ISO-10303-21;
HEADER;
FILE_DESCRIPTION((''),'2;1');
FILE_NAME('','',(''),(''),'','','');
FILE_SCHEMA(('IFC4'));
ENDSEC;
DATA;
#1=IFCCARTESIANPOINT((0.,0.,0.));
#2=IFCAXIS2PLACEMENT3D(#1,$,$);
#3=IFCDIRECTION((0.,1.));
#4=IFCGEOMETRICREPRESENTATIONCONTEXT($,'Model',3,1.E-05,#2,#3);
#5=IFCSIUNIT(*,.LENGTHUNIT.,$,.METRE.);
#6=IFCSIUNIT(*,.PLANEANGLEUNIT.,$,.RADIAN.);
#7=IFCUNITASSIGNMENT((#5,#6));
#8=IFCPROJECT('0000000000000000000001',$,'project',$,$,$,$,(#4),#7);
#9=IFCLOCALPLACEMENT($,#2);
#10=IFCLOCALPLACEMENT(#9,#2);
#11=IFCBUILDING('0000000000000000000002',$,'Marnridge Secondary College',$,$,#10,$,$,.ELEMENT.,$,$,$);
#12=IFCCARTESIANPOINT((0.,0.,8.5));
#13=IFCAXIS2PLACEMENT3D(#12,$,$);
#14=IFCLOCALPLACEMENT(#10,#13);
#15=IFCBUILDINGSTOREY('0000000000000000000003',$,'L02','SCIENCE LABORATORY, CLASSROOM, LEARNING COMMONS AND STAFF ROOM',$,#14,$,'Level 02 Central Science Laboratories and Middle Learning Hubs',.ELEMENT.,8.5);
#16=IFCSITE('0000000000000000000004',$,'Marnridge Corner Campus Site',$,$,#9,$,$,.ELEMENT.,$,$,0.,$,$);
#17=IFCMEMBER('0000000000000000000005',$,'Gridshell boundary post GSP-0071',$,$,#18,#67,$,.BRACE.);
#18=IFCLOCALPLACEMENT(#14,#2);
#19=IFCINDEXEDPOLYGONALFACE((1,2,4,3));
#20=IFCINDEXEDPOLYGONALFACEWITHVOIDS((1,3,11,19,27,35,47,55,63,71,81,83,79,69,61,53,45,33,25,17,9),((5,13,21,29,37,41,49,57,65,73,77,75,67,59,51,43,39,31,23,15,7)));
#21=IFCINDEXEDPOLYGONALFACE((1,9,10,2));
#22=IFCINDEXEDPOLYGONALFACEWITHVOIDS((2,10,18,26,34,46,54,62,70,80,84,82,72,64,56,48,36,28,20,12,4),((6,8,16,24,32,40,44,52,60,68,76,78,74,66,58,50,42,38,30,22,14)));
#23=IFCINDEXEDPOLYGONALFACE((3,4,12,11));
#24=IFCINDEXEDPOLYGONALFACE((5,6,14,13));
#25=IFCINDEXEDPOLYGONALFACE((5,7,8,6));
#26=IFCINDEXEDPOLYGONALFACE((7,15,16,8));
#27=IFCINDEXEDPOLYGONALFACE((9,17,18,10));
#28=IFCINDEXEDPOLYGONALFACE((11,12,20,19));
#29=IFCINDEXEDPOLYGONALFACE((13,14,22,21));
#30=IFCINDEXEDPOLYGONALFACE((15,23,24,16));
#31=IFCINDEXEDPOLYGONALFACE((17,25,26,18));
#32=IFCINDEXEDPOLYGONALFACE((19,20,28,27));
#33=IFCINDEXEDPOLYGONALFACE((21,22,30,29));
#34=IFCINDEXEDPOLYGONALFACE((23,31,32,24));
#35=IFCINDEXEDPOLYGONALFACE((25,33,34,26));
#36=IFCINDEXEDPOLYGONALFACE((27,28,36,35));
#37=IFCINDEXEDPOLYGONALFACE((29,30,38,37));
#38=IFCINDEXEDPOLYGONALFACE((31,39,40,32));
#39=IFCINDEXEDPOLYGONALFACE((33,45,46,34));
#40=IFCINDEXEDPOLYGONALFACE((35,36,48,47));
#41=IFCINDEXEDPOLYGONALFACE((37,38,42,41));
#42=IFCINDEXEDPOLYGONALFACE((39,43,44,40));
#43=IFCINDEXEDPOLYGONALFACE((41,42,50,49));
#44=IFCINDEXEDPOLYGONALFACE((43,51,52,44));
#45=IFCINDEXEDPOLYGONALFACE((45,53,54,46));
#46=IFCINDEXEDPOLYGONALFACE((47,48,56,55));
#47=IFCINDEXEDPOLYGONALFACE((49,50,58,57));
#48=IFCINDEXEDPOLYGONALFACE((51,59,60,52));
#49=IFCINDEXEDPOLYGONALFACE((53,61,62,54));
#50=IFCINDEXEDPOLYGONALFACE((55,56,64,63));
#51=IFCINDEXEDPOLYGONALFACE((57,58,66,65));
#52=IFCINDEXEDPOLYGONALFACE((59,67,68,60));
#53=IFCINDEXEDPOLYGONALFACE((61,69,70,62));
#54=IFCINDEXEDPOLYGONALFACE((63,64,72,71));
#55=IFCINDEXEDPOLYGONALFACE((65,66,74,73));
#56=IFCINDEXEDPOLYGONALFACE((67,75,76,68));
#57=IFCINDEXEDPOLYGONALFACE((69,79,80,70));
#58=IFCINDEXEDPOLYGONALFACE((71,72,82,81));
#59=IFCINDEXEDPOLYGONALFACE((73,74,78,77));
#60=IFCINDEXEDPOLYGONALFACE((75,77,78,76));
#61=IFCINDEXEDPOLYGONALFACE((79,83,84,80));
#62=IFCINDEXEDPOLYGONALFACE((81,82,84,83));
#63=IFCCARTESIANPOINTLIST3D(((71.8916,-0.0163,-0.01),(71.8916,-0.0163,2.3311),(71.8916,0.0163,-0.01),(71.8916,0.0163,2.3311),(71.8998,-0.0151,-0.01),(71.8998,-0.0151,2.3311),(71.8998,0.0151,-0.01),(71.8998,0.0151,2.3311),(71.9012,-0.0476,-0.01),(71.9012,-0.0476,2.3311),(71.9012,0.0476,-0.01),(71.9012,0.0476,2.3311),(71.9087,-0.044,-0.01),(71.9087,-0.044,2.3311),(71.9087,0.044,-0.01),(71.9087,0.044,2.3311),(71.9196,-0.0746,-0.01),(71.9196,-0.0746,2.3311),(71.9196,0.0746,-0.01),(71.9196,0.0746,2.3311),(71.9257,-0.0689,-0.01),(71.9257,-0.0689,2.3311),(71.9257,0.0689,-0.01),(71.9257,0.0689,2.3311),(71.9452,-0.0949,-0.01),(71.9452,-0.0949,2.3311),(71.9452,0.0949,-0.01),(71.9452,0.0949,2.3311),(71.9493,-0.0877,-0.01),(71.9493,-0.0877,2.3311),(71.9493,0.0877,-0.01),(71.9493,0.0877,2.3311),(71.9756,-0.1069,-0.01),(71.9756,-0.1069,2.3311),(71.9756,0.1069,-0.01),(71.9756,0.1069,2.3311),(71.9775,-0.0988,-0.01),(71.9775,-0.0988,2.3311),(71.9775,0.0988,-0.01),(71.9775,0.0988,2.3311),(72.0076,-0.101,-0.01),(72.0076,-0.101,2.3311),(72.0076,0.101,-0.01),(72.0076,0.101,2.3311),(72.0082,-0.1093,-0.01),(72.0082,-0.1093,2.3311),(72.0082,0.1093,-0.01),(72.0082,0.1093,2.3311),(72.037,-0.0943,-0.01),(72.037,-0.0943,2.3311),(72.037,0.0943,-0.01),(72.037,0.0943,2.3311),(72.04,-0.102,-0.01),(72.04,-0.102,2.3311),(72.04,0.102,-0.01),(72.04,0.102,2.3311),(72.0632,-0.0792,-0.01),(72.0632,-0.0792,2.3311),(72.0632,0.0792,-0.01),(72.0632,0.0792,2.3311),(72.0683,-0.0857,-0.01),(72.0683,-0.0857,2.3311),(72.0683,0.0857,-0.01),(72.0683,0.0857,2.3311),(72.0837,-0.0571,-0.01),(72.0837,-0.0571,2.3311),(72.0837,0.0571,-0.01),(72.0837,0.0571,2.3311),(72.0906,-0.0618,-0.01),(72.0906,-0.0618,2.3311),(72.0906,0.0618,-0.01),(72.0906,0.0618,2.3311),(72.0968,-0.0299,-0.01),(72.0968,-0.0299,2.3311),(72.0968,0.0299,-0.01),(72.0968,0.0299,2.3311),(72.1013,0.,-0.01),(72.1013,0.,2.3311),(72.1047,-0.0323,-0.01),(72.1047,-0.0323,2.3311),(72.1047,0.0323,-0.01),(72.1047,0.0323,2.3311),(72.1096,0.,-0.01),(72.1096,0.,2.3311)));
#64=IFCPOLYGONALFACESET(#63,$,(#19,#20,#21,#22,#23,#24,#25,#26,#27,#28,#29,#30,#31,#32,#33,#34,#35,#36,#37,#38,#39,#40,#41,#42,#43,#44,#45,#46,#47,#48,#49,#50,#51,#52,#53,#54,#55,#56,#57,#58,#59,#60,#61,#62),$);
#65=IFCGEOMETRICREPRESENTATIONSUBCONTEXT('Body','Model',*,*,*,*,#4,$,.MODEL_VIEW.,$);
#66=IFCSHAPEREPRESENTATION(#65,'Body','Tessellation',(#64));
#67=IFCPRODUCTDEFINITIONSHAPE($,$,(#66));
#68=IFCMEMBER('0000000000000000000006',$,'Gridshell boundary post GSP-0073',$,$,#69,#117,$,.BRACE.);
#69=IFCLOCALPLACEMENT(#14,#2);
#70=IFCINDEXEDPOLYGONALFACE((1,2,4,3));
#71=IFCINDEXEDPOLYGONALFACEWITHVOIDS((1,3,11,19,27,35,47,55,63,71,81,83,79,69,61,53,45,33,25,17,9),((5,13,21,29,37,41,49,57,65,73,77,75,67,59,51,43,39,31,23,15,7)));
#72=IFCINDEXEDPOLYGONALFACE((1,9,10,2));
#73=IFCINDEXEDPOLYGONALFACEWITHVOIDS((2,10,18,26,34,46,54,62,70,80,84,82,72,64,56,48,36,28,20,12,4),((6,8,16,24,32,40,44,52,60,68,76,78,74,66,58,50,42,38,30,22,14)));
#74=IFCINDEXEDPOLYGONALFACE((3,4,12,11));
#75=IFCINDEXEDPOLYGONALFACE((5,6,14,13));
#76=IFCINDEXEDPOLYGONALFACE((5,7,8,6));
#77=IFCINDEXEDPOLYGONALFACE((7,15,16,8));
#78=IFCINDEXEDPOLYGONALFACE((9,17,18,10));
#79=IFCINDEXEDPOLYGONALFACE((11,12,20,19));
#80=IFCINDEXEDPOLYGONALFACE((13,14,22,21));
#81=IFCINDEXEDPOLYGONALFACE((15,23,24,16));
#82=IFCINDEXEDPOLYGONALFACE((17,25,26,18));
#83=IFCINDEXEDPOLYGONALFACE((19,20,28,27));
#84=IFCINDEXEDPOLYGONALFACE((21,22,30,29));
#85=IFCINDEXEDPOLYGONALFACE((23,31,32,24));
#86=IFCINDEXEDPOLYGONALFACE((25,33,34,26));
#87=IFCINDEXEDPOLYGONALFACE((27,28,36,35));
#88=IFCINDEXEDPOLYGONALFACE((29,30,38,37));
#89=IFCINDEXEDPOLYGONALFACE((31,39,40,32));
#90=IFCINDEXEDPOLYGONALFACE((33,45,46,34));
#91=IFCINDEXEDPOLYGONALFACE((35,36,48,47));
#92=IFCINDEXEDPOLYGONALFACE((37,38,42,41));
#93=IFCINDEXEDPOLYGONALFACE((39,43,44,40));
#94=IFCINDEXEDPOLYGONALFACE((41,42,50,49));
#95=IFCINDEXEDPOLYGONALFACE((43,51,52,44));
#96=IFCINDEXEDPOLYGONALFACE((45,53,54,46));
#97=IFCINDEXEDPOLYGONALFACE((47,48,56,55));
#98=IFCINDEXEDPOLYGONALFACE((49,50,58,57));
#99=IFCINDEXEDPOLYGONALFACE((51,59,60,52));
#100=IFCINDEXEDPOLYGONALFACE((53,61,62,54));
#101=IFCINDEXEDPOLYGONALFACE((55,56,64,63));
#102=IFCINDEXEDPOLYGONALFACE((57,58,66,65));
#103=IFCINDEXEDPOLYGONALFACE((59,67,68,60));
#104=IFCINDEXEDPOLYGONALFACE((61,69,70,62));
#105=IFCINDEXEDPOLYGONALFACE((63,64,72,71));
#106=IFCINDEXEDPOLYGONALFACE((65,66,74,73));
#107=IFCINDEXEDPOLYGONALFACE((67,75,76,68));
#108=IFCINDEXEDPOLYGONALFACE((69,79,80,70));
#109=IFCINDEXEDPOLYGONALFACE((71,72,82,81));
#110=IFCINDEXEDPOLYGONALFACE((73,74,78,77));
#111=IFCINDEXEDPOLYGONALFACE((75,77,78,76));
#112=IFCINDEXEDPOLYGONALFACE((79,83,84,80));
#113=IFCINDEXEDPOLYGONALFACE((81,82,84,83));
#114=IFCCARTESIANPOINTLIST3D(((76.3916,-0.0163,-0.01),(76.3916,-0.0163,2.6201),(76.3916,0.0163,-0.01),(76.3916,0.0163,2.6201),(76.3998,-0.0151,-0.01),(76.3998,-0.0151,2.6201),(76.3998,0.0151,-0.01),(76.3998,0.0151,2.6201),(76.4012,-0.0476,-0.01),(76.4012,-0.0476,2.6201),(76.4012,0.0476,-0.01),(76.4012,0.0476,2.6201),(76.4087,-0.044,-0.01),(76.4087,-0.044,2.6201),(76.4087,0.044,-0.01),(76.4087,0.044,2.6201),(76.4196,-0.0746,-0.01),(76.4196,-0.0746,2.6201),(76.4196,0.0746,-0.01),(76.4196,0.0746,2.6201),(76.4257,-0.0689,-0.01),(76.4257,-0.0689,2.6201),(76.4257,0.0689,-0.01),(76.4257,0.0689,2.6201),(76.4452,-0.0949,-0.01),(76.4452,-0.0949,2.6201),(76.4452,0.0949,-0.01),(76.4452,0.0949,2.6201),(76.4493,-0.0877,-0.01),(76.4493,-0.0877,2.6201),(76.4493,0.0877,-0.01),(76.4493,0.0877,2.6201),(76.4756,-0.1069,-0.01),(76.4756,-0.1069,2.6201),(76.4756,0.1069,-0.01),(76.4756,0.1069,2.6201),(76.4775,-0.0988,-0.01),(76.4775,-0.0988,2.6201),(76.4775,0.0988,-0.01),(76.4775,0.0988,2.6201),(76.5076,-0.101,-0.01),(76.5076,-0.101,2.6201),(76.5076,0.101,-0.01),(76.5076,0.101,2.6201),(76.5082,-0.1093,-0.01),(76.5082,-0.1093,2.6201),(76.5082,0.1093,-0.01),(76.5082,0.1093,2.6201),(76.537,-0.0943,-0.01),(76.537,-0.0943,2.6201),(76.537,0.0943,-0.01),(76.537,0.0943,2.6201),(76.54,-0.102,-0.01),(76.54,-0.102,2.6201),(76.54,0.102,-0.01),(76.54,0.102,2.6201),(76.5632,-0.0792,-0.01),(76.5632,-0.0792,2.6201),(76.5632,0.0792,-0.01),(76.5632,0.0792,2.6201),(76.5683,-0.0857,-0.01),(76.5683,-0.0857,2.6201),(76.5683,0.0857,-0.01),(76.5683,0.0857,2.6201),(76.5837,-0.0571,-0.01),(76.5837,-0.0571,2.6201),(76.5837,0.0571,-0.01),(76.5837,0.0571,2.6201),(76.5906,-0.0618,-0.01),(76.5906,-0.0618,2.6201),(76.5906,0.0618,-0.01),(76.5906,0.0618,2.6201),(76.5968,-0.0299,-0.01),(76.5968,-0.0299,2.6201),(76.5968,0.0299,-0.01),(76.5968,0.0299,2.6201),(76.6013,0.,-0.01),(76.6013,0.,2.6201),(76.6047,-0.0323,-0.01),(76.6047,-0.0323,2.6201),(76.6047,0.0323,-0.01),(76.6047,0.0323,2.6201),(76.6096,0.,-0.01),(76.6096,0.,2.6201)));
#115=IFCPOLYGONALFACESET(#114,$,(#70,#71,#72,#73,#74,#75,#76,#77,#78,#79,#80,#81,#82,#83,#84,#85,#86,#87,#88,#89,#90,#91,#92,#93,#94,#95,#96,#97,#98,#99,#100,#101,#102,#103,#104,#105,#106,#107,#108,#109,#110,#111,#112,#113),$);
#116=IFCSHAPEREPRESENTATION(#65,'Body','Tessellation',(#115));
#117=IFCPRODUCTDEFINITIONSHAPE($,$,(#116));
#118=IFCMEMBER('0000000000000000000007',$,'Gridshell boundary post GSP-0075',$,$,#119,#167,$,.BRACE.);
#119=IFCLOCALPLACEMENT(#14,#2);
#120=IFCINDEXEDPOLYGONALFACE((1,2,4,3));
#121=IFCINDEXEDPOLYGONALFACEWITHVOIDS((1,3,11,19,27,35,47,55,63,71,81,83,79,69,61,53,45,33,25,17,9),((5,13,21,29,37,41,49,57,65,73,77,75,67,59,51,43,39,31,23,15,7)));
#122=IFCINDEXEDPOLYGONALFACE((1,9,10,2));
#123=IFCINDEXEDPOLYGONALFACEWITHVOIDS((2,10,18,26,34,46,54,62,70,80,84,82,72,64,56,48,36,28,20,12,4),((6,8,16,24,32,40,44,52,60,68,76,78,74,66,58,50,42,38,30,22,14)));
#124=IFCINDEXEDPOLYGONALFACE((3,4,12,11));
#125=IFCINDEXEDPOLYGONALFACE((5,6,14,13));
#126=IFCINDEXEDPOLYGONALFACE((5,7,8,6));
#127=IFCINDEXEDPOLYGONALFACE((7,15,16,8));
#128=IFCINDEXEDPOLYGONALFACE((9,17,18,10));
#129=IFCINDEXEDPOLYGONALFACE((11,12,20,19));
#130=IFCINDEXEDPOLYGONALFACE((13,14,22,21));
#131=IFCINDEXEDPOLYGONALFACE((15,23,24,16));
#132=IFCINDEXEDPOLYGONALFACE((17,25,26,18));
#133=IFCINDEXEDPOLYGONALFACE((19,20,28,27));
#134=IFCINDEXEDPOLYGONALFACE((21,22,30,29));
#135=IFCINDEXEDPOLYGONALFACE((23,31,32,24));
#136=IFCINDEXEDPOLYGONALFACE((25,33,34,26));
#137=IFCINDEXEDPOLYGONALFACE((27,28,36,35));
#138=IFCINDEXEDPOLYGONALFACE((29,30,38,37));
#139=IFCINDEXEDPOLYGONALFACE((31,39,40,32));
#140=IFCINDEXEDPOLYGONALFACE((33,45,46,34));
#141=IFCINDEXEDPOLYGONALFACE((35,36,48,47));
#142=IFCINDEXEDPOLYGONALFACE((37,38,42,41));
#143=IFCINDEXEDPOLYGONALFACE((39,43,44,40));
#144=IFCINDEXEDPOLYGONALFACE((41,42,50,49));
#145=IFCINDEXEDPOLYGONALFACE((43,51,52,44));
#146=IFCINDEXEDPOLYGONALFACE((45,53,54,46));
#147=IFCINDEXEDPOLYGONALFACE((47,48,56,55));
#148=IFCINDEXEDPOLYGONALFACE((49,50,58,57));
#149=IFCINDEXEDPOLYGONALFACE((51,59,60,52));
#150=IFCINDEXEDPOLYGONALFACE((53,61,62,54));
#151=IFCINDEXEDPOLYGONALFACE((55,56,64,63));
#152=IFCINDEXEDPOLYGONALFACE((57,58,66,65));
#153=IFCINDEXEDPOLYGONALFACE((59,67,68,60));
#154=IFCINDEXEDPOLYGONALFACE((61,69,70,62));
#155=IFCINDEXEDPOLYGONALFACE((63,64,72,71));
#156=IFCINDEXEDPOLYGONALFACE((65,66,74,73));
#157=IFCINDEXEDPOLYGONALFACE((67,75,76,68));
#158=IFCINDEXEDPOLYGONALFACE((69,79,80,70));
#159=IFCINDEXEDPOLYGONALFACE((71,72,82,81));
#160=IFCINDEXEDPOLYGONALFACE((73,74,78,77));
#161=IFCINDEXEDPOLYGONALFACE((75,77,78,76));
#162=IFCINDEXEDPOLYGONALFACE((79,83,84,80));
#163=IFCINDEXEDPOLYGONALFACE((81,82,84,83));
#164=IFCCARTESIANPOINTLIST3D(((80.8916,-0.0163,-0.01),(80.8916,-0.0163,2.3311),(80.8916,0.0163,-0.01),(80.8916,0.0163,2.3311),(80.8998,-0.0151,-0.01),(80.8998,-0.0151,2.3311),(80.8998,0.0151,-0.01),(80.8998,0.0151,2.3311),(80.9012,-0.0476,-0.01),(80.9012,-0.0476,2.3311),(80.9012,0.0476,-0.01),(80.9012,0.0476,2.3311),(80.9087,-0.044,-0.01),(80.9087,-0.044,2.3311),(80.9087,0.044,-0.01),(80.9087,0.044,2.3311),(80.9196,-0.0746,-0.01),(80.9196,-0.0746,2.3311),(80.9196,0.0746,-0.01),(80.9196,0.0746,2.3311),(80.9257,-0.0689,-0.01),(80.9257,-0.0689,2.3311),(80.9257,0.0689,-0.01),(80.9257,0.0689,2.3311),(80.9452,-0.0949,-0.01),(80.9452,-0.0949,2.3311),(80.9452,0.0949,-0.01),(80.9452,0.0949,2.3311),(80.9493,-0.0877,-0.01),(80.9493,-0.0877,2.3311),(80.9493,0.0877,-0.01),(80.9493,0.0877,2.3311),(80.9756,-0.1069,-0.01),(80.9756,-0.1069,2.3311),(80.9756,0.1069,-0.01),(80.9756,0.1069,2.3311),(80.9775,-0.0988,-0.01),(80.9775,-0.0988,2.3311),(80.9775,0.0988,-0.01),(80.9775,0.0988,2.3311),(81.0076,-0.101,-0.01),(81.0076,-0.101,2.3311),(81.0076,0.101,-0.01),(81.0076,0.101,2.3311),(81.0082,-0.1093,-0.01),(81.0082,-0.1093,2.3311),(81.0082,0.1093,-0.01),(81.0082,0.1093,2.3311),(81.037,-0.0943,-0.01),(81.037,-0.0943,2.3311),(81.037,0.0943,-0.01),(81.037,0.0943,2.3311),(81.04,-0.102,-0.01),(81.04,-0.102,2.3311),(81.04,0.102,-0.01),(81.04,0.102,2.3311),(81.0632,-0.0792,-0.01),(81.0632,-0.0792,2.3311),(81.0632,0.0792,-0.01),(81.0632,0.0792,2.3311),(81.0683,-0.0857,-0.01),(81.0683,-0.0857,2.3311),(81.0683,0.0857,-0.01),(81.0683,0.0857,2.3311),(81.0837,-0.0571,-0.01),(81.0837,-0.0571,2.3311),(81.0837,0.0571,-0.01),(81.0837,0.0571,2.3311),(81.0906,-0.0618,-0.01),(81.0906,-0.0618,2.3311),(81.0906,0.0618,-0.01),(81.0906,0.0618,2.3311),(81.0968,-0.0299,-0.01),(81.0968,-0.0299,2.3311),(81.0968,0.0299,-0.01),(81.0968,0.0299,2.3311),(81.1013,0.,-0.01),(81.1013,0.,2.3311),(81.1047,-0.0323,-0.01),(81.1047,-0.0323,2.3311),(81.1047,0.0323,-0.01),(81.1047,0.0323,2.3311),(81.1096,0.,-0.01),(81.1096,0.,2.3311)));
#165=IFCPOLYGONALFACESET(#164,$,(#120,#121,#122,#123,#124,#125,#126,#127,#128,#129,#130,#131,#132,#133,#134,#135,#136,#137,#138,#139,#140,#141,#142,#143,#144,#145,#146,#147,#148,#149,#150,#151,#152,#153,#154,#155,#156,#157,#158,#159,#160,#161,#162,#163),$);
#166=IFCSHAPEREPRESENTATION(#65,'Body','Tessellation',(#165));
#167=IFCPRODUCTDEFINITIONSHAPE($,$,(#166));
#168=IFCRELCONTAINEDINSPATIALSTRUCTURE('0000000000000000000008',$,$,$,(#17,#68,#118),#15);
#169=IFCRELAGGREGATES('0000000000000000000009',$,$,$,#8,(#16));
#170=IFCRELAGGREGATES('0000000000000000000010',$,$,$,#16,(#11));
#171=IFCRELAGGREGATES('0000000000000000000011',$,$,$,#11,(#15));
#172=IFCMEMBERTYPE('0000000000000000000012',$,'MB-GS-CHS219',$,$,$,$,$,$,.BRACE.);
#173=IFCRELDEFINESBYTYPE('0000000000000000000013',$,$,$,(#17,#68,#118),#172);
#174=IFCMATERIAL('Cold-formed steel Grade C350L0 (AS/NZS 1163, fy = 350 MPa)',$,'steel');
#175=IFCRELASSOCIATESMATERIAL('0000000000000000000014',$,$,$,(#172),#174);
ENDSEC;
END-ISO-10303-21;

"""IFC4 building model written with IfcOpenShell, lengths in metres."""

from ifc_helpers import new_model, si_unit, direction, frame, origin, origin_2d, place, context, subcontext, project, spatial, hollow_circle, extrude, material, material_profile, profile_set, type_object, element, save


model = new_model("IFC4")

# Units and contexts
model_context = context("Model", 3, precision=1e-05, world=origin(), true_north=direction((0.0, 1.0)))
body_context = subcontext(model_context, "Body", "Model", "MODEL_VIEW")
ifc_project = project(units=[si_unit("LENGTHUNIT", "METRE"), si_unit("PLANEANGLEUNIT", "RADIAN")], contexts=[model_context])

# Site, building, storey
site_placement = place(None, origin())
site = spatial("IfcSite", under=ifc_project, at=site_placement, Name="Marnridge Corner Campus Site", CompositionType="ELEMENT", RefElevation=0.0)
building_placement = place(site_placement, origin())
building = spatial("IfcBuilding", under=site, at=building_placement, Name="Marnridge Secondary College", CompositionType="ELEMENT")
storey_placement = place(building_placement, frame((0.0, 0.0, 8.5)))
storey = spatial("IfcBuildingStorey", under=building, at=storey_placement, Name="L02", Description="SCIENCE LABORATORY, CLASSROOM, LEARNING COMMONS AND STAFF ROOM", LongName="Level 02 Central Science Laboratories and Middle Learning Hubs", CompositionType="ELEMENT", Elevation=8.5)

# Members
ifc_material_1 = material(Name="Cold-formed steel Grade C350L0 (AS/NZS 1163, fy = 350 MPa)", Category="steel")
ifc_material_profile_1 = material_profile(ifc_material_1, hollow_circle(Radius=0.1096, WallThickness=0.0083, at=origin_2d()), Name="219.1x8.2CHS")
ifc_profile_set_1 = profile_set([ifc_material_profile_1], Name="Cold-formed steel Grade C350L0 (AS/NZS 1163, fy = 350 MPa)")
member_type_1 = type_object("IfcMemberType", Name="MB-GS-CHS219", PredefinedType="BRACE", material=ifc_profile_set_1)
member_1_placement = place(storey_placement, frame((72.0, 0.0, -0.01), z_axis=(0.0, 0.0, 1.0), x_axis=(1.0, 0.0, 0.0)))
element("IfcMember", 1, at=member_1_placement, inside=storey, type_object=member_type_1, Name="Gridshell boundary post GSP-0071", PredefinedType="BRACE", context=body_context, shape_type="SweptSolid", body=[
    extrude(hollow_circle(Radius=0.1096, WallThickness=0.0083, at=origin_2d()), origin(), (0.0, 0.0, 1.0), 2.3411),
])
member_2_placement = place(storey_placement, frame((76.5, 0.0, -0.01), z_axis=(0.0, 0.0, 1.0), x_axis=(1.0, 0.0, 0.0)))
element("IfcMember", 2, at=member_2_placement, inside=storey, type_object=member_type_1, Name="Gridshell boundary post GSP-0073", PredefinedType="BRACE", context=body_context, shape_type="SweptSolid", body=[
    extrude(hollow_circle(Radius=0.1096, WallThickness=0.0083, at=origin_2d()), origin(), (0.0, 0.0, 1.0), 2.6301),
])
member_3_placement = place(storey_placement, frame((81.0, 0.0, -0.01), z_axis=(0.0, 0.0, 1.0), x_axis=(1.0, 0.0, 0.0)))
element("IfcMember", 3, at=member_3_placement, inside=storey, type_object=member_type_1, Name="Gridshell boundary post GSP-0075", PredefinedType="BRACE", context=body_context, shape_type="SweptSolid", body=[
    extrude(hollow_circle(Radius=0.1096, WallThickness=0.0083, at=origin_2d()), origin(), (0.0, 0.0, 1.0), 2.3411),
])

save(model, "model.ifc")
